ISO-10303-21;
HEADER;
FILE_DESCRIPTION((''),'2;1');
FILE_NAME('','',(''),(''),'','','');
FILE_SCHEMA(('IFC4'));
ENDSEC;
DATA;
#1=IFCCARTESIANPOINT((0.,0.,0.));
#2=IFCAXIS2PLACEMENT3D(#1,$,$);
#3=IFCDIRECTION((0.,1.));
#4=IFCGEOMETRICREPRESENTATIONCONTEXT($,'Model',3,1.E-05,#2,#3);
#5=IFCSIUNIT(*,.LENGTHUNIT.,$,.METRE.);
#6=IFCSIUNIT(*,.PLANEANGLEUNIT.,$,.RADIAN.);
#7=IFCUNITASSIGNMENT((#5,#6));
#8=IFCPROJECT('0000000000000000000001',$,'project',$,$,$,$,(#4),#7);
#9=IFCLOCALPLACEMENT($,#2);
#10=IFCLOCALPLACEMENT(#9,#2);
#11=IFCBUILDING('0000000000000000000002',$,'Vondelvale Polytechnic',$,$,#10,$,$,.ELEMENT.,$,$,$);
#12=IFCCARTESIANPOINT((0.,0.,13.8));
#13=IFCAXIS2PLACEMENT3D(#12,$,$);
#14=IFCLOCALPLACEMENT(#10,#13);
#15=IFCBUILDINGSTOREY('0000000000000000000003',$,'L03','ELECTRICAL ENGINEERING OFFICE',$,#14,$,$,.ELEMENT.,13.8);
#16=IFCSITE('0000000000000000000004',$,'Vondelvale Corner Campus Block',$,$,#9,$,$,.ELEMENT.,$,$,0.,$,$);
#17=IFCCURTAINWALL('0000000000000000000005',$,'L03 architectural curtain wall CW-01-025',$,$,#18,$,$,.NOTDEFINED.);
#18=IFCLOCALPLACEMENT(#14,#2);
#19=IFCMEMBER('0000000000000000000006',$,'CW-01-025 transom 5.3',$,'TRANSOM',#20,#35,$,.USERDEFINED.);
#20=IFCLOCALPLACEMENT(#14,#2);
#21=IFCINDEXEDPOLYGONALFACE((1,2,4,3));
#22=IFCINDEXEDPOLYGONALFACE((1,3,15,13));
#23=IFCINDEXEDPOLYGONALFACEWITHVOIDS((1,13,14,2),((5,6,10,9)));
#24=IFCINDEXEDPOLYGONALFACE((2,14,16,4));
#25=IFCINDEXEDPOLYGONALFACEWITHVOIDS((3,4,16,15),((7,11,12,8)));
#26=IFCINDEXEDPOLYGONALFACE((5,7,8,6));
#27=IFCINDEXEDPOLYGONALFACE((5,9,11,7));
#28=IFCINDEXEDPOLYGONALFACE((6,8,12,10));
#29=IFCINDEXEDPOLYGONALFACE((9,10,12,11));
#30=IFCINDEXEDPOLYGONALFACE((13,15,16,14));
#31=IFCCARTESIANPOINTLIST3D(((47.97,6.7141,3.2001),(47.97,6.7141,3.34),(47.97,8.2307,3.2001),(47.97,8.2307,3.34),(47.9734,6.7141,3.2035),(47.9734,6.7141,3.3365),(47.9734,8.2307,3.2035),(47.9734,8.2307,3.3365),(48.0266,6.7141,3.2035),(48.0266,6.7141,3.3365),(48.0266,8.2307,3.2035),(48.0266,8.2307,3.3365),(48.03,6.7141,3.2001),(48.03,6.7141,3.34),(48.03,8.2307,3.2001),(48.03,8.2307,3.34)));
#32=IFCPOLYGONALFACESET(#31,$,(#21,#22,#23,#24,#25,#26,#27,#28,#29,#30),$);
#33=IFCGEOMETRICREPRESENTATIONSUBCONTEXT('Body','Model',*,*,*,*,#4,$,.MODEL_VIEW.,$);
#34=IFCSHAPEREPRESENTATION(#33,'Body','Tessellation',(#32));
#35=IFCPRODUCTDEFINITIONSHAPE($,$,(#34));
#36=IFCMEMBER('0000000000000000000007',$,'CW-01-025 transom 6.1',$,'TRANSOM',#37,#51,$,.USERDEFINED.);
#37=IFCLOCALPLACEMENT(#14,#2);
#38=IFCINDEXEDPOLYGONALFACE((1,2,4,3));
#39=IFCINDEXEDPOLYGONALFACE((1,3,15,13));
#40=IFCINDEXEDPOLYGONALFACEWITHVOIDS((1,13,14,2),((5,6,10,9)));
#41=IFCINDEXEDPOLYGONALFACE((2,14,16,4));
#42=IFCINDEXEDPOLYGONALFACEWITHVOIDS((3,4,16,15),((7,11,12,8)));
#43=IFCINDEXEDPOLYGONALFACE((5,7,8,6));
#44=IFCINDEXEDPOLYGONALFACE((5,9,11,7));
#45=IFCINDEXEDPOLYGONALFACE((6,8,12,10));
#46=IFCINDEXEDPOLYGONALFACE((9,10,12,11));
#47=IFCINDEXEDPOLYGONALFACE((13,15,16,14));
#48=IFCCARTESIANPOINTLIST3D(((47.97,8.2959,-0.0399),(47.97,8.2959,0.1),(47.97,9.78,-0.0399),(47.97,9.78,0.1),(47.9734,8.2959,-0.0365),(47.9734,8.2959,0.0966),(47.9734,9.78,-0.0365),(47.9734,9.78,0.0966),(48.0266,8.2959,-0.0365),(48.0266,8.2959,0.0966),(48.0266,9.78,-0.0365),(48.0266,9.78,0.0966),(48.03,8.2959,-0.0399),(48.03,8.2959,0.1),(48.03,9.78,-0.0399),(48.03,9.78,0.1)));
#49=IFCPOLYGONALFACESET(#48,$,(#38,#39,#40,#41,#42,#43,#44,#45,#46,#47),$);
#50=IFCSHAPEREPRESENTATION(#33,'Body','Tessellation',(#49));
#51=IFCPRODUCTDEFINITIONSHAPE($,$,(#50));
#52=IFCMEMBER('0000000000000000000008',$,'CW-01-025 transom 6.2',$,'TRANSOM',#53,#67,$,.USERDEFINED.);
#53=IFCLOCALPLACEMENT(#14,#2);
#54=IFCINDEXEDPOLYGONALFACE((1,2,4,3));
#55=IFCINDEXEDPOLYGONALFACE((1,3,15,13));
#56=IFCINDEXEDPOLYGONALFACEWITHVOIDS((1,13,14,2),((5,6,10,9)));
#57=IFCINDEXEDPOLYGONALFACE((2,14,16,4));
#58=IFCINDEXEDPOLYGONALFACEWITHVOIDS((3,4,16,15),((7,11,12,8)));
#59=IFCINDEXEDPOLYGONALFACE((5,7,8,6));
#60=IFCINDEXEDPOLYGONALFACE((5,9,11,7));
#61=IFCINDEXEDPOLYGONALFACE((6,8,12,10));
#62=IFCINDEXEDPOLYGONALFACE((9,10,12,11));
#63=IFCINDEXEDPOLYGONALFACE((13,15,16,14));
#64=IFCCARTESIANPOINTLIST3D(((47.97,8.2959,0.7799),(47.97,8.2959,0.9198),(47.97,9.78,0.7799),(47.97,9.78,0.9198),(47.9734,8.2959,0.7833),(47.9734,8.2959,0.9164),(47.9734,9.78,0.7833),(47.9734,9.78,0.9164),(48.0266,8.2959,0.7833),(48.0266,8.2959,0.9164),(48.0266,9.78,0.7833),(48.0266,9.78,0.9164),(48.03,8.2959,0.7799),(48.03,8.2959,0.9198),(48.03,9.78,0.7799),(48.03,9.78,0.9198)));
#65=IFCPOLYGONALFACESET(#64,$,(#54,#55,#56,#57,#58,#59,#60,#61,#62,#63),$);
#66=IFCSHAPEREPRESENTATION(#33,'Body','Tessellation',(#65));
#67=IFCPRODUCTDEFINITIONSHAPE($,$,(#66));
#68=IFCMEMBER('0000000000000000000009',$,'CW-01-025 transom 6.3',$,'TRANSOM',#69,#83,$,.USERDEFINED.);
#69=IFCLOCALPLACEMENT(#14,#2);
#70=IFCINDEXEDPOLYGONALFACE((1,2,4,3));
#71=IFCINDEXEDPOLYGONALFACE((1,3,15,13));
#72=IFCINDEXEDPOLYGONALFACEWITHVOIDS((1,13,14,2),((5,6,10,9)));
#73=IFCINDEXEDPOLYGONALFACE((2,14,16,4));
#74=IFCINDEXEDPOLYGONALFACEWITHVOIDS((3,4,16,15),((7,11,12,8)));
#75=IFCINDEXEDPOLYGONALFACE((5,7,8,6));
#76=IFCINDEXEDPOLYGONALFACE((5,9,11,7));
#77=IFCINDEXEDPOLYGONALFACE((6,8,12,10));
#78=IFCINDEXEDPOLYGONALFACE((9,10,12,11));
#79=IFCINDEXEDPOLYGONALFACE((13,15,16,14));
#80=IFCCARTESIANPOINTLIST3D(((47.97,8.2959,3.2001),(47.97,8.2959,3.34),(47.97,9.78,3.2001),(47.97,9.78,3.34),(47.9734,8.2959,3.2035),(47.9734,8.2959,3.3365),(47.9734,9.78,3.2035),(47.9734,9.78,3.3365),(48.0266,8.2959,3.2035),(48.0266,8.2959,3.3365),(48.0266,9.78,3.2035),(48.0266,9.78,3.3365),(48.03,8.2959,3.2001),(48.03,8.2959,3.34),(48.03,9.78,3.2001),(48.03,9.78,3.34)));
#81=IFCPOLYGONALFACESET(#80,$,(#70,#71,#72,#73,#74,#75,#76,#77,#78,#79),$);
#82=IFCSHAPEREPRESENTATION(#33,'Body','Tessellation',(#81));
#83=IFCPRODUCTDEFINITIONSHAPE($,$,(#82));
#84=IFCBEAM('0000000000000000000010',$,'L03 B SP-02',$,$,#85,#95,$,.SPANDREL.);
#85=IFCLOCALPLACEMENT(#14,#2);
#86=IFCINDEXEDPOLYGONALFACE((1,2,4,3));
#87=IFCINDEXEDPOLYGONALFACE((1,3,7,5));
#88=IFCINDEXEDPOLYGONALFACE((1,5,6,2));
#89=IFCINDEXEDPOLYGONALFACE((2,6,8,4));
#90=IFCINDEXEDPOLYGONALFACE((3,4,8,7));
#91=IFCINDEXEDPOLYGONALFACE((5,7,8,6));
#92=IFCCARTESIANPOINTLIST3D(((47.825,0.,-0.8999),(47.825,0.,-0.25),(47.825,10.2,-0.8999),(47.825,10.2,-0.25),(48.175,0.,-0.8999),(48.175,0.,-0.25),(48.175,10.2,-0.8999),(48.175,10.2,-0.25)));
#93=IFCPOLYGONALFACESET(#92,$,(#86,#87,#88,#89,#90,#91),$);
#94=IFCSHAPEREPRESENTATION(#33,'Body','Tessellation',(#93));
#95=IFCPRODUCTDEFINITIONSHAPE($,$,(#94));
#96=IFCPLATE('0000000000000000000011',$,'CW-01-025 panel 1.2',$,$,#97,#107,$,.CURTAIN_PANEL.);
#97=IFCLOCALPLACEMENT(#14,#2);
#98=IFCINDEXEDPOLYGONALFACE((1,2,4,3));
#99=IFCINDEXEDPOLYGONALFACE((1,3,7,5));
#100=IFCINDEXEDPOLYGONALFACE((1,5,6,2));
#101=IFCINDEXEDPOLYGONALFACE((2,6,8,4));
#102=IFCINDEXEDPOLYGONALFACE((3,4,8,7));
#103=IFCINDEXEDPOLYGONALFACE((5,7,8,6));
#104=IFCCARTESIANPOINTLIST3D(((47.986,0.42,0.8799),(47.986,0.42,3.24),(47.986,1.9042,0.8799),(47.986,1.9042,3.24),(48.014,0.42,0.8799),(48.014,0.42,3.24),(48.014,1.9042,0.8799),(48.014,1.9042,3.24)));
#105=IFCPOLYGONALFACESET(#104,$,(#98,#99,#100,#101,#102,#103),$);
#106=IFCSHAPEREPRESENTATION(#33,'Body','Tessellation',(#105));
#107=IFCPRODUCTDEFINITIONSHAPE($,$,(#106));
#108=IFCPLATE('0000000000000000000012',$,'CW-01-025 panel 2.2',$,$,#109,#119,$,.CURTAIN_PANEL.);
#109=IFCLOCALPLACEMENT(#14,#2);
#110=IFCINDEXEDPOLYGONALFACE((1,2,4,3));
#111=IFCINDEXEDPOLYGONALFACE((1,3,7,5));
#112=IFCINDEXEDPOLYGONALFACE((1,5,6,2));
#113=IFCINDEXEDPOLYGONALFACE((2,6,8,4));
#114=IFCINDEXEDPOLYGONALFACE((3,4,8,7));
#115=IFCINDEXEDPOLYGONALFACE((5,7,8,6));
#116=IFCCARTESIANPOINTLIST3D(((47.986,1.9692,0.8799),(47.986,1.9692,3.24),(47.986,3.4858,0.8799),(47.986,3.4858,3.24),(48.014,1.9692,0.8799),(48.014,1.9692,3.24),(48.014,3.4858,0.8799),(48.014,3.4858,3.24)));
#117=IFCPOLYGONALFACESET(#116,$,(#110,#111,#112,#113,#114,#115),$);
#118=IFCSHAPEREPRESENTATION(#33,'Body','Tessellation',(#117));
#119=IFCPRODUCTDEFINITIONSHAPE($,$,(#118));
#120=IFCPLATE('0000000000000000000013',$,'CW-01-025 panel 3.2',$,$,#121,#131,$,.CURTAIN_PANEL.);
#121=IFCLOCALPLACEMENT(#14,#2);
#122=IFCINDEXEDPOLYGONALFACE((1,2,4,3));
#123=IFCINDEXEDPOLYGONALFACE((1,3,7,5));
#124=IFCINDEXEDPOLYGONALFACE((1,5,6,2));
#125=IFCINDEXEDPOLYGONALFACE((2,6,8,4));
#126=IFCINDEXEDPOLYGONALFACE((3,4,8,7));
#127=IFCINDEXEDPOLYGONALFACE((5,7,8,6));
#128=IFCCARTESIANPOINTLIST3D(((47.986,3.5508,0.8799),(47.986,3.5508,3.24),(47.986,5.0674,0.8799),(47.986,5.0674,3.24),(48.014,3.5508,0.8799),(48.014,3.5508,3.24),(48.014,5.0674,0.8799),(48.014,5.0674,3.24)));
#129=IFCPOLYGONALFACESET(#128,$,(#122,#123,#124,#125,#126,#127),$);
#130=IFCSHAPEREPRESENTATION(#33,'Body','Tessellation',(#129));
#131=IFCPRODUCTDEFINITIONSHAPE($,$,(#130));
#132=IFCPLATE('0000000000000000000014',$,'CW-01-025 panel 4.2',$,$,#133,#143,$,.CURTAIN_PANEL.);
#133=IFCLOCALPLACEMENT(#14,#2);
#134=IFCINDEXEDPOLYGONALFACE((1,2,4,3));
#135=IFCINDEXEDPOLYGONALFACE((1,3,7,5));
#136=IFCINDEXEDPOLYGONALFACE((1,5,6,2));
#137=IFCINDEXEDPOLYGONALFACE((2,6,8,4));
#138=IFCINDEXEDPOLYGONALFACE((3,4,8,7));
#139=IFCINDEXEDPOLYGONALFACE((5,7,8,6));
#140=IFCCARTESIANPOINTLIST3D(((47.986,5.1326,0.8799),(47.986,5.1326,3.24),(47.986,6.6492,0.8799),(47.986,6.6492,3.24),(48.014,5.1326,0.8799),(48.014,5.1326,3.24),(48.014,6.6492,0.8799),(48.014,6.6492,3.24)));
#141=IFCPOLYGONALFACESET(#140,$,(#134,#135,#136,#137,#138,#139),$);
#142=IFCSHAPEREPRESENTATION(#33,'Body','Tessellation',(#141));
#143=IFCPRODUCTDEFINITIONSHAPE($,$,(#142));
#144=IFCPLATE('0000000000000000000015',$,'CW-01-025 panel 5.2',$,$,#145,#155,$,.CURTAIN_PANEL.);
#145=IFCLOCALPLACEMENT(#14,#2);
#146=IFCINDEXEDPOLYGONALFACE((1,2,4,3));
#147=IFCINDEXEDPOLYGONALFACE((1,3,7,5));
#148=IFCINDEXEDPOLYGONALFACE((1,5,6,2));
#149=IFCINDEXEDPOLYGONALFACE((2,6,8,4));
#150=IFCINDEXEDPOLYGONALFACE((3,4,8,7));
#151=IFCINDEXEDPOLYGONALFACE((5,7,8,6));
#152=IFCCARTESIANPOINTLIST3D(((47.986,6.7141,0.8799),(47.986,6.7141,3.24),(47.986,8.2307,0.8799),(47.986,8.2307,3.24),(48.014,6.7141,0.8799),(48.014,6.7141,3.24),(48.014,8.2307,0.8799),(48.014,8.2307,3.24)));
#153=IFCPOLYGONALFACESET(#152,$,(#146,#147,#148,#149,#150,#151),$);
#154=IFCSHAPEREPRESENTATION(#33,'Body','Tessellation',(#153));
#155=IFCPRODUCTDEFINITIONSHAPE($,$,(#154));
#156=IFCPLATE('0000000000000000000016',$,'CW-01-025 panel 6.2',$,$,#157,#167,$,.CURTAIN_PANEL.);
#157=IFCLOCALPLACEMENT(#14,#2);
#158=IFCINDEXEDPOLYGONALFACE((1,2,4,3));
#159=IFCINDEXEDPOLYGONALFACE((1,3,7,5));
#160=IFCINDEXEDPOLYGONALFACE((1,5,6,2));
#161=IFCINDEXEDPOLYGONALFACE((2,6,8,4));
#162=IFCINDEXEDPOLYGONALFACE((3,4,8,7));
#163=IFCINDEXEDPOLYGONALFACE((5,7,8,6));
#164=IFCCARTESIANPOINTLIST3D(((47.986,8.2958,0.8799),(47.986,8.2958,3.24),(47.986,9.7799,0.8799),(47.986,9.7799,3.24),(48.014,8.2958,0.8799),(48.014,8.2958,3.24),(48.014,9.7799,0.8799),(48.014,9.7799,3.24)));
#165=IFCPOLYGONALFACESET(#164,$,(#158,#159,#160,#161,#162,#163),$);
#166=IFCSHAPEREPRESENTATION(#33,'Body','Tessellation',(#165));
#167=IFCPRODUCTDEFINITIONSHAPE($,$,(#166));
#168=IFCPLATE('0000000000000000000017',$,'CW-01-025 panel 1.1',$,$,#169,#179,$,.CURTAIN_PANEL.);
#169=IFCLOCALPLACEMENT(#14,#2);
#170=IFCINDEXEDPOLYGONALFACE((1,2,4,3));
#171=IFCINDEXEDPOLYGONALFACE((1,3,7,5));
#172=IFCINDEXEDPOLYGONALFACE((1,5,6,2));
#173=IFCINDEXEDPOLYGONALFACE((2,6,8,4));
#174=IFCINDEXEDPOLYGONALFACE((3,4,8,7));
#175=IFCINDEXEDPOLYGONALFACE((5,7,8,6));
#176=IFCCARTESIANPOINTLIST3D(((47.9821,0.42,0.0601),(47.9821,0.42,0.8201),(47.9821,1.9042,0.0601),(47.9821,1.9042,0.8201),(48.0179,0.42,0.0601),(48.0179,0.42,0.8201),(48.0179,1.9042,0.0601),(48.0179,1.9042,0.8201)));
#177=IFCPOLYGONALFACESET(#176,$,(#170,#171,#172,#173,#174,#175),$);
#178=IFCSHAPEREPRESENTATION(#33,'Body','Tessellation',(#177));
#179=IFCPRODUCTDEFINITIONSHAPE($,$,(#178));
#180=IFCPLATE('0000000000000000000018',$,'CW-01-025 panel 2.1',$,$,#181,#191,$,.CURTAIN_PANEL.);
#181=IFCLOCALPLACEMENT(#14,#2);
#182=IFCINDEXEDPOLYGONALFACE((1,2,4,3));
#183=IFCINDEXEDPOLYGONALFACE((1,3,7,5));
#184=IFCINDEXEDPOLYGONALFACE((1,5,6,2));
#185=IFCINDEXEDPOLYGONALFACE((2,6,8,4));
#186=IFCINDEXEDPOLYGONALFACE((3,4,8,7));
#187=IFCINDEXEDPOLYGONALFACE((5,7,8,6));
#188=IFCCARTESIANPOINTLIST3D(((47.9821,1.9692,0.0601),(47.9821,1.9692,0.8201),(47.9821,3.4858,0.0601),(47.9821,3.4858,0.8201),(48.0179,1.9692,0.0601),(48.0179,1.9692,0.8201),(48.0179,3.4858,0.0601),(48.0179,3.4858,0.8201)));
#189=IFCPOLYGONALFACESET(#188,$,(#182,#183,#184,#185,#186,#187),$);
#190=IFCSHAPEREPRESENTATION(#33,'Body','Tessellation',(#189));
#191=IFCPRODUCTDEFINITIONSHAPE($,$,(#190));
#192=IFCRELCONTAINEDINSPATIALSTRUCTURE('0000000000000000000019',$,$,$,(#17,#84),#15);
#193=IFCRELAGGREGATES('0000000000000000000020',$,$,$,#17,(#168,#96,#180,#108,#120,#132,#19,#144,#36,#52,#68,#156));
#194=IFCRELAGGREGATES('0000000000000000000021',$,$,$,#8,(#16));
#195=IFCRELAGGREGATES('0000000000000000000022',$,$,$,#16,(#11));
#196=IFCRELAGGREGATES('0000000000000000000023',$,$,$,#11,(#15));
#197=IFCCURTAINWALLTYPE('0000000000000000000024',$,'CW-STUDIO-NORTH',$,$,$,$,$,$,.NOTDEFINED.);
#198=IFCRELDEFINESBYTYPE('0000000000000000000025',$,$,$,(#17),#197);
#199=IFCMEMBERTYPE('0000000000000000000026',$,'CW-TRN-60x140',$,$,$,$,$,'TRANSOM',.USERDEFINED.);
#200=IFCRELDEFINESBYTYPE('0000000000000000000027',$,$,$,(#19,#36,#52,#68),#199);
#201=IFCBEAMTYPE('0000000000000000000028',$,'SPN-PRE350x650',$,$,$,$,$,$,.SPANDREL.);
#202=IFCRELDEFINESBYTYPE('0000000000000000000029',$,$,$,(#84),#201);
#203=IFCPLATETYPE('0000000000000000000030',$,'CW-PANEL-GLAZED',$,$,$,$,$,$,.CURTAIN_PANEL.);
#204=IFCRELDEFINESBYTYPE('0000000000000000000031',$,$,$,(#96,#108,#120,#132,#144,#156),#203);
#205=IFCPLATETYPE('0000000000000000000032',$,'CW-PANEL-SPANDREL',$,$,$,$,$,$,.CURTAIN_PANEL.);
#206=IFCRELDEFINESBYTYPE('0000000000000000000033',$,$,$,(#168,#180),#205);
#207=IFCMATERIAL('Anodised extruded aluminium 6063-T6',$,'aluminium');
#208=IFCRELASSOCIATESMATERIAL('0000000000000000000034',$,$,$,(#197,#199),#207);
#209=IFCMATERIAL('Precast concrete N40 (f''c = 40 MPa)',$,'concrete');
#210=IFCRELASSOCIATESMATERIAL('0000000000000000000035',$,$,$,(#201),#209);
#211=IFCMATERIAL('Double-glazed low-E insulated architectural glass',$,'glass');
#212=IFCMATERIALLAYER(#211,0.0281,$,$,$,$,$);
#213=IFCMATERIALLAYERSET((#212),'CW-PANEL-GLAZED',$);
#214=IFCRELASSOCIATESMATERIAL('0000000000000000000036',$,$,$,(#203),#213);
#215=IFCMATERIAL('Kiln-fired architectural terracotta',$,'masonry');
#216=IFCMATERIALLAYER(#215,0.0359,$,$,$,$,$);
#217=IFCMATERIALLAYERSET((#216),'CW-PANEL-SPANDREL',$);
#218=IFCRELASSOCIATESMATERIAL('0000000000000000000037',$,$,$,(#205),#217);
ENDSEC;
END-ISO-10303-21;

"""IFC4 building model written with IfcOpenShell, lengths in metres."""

from ifc_helpers import new_model, si_unit, direction, frame, origin, origin_2d, place, context, subcontext, project, spatial, rectangle, hollow_rectangle, extrude, material, layer, layer_set, material_profile, profile_set, type_object, element, aggregate, save


model = new_model("IFC4")

# Units and contexts
model_context = context("Model", 3, precision=1e-05, world=origin(), true_north=direction((0.0, 1.0)))
body_context = subcontext(model_context, "Body", "Model", "MODEL_VIEW")
ifc_project = project(units=[si_unit("LENGTHUNIT", "METRE"), si_unit("PLANEANGLEUNIT", "RADIAN")], contexts=[model_context])

# Site, building, storey
site_placement = place(None, origin())
site = spatial("IfcSite", under=ifc_project, at=site_placement, Name="Vondelvale Corner Campus Block", CompositionType="ELEMENT", RefElevation=0.0)
building_placement = place(site_placement, origin())
building = spatial("IfcBuilding", under=site, at=building_placement, Name="Vondelvale Polytechnic", CompositionType="ELEMENT")
storey_placement = place(building_placement, frame((0.0, 0.0, 13.8)))
storey = spatial("IfcBuildingStorey", under=building, at=storey_placement, Name="L03", Description="ELECTRICAL ENGINEERING OFFICE", CompositionType="ELEMENT", Elevation=13.8)

# Curtain wall, members
ifc_material_1 = material(Name="Anodised extruded aluminium 6063-T6", Category="aluminium")
curtain_wall_type = type_object("IfcCurtainWallType", Name="CW-STUDIO-NORTH", PredefinedType="NOTDEFINED", material=ifc_material_1)
curtain_wall_placement = place(storey_placement, origin())
curtain_wall = element("IfcCurtainWall", 1, at=curtain_wall_placement, inside=storey, type_object=curtain_wall_type, Name="L03 architectural curtain wall CW-01-025", PredefinedType="NOTDEFINED")
ifc_material_profile_1 = material_profile(ifc_material_1, hollow_rectangle(XDim=0.0601, YDim=0.1399, WallThickness=0.0034, at=origin_2d()), Name="CW-TRN-140x60")
ifc_profile_set_1 = profile_set([ifc_material_profile_1], Name="Anodised extruded aluminium 6063-T6")
member_type_1 = type_object("IfcMemberType", Name="CW-TRN-60x140", ElementType="TRANSOM", PredefinedType="USERDEFINED", material=ifc_profile_set_1)
member_1_placement = place(storey_placement, frame((48.0, 6.7141, 3.27), z_axis=(0.0, 1.0, 0.0), x_axis=(-1.0, 0.0, 0.0)))
member_1 = element("IfcMember", 2, at=member_1_placement, type_object=member_type_1, Name="CW-01-025 transom 5.3", ObjectType="TRANSOM", PredefinedType="USERDEFINED", context=body_context, shape_type="SweptSolid", body=[
    extrude(hollow_rectangle(XDim=0.0601, YDim=0.1399, WallThickness=0.0034, at=origin_2d()), origin(), (0.0, 0.0, 1.0), 1.5166),
])
member_2_placement = place(storey_placement, frame((48.0, 8.2959, 0.03), z_axis=(0.0, 1.0, 0.0), x_axis=(-1.0, 0.0, 0.0)))
member_2 = element("IfcMember", 3, at=member_2_placement, type_object=member_type_1, Name="CW-01-025 transom 6.1", ObjectType="TRANSOM", PredefinedType="USERDEFINED", context=body_context, shape_type="SweptSolid", body=[
    extrude(hollow_rectangle(XDim=0.0601, YDim=0.1399, WallThickness=0.0034, at=origin_2d()), origin(), (0.0, 0.0, 1.0), 1.4841),
])
member_3_placement = place(storey_placement, frame((48.0, 8.2959, 0.8499), z_axis=(0.0, 1.0, 0.0), x_axis=(-1.0, 0.0, 0.0)))
member_3 = element("IfcMember", 4, at=member_3_placement, type_object=member_type_1, Name="CW-01-025 transom 6.2", ObjectType="TRANSOM", PredefinedType="USERDEFINED", context=body_context, shape_type="SweptSolid", body=[
    extrude(hollow_rectangle(XDim=0.0601, YDim=0.1399, WallThickness=0.0034, at=origin_2d()), origin(), (0.0, 0.0, 1.0), 1.4841),
])
member_4_placement = place(storey_placement, frame((48.0, 8.2959, 3.27), z_axis=(0.0, 1.0, 0.0), x_axis=(-1.0, 0.0, 0.0)))
member_4 = element("IfcMember", 5, at=member_4_placement, type_object=member_type_1, Name="CW-01-025 transom 6.3", ObjectType="TRANSOM", PredefinedType="USERDEFINED", context=body_context, shape_type="SweptSolid", body=[
    extrude(hollow_rectangle(XDim=0.0601, YDim=0.1399, WallThickness=0.0034, at=origin_2d()), origin(), (0.0, 0.0, 1.0), 1.4841),
])

# Beam
ifc_material_2 = material(Name="Precast concrete N40 (f'c = 40 MPa)", Category="concrete")
ifc_material_profile_2 = material_profile(ifc_material_2, rectangle(XDim=0.3501, YDim=0.6499, at=origin_2d()), Name="RC-SPN-350x650")
ifc_profile_set_2 = profile_set([ifc_material_profile_2], Name="Precast concrete N40 (f'c = 40 MPa)")
beam_type = type_object("IfcBeamType", Name="SPN-PRE350x650", PredefinedType="SPANDREL", material=ifc_profile_set_2)
beam_placement = place(storey_placement, frame((48.0, 0.0, -0.575), z_axis=(0.0, 1.0, 0.0), x_axis=(-1.0, 0.0, 0.0)))
element("IfcBeam", 6, at=beam_placement, inside=storey, type_object=beam_type, Name="L03 B SP-02", PredefinedType="SPANDREL", context=body_context, shape_type="SweptSolid", body=[
    extrude(rectangle(XDim=0.3501, YDim=0.6499, at=origin_2d()), origin(), (0.0, 0.0, 1.0), 10.2),
])

# Plates
ifc_material_3 = material(Name="Double-glazed low-E insulated architectural glass", Category="glass")
ifc_layer_1 = layer(ifc_material_3, 0.0281)
ifc_layer_set_1 = layer_set([ifc_layer_1], Name="CW-PANEL-GLAZED")
plate_type_1 = type_object("IfcPlateType", Name="CW-PANEL-GLAZED", PredefinedType="CURTAIN_PANEL", material=ifc_layer_set_1)
plate_1_placement = place(storey_placement, frame((48.0, 1.1621, 0.8799), z_axis=(0.0, 0.0, 1.0), x_axis=(0.0, 1.0, 0.0)))
plate_1 = element("IfcPlate", 7, at=plate_1_placement, type_object=plate_type_1, Name="CW-01-025 panel 1.2", PredefinedType="CURTAIN_PANEL", context=body_context, shape_type="SweptSolid", body=[
    extrude(rectangle(XDim=1.4841, YDim=0.0281, at=origin_2d()), origin(), (0.0, 0.0, 1.0), 2.3601),
])
plate_2_placement = place(storey_placement, frame((48.0, 2.7275, 0.8799), z_axis=(0.0, 0.0, 1.0), x_axis=(0.0, 1.0, 0.0)))
plate_2 = element("IfcPlate", 8, at=plate_2_placement, type_object=plate_type_1, Name="CW-01-025 panel 2.2", PredefinedType="CURTAIN_PANEL", context=body_context, shape_type="SweptSolid", body=[
    extrude(rectangle(XDim=1.5166, YDim=0.0281, at=origin_2d()), origin(), (0.0, 0.0, 1.0), 2.3601),
])
plate_3_placement = place(storey_placement, frame((48.0, 4.3091, 0.8799), z_axis=(0.0, 0.0, 1.0), x_axis=(0.0, 1.0, 0.0)))
plate_3 = element("IfcPlate", 9, at=plate_3_placement, type_object=plate_type_1, Name="CW-01-025 panel 3.2", PredefinedType="CURTAIN_PANEL", context=body_context, shape_type="SweptSolid", body=[
    extrude(rectangle(XDim=1.5166, YDim=0.0281, at=origin_2d()), origin(), (0.0, 0.0, 1.0), 2.3601),
])
plate_4_placement = place(storey_placement, frame((48.0, 5.8909, 0.8799), z_axis=(0.0, 0.0, 1.0), x_axis=(0.0, 1.0, 0.0)))
plate_4 = element("IfcPlate", 10, at=plate_4_placement, type_object=plate_type_1, Name="CW-01-025 panel 4.2", PredefinedType="CURTAIN_PANEL", context=body_context, shape_type="SweptSolid", body=[
    extrude(rectangle(XDim=1.5166, YDim=0.0281, at=origin_2d()), origin(), (0.0, 0.0, 1.0), 2.3601),
])
plate_5_placement = place(storey_placement, frame((48.0, 7.4724, 0.8799), z_axis=(0.0, 0.0, 1.0), x_axis=(0.0, 1.0, 0.0)))
plate_5 = element("IfcPlate", 11, at=plate_5_placement, type_object=plate_type_1, Name="CW-01-025 panel 5.2", PredefinedType="CURTAIN_PANEL", context=body_context, shape_type="SweptSolid", body=[
    extrude(rectangle(XDim=1.5166, YDim=0.0281, at=origin_2d()), origin(), (0.0, 0.0, 1.0), 2.3601),
])
plate_6_placement = place(storey_placement, frame((48.0, 9.0378, 0.8799), z_axis=(0.0, 0.0, 1.0), x_axis=(0.0, 1.0, 0.0)))
plate_6 = element("IfcPlate", 12, at=plate_6_placement, type_object=plate_type_1, Name="CW-01-025 panel 6.2", PredefinedType="CURTAIN_PANEL", context=body_context, shape_type="SweptSolid", body=[
    extrude(rectangle(XDim=1.4841, YDim=0.0281, at=origin_2d()), origin(), (0.0, 0.0, 1.0), 2.3601),
])
ifc_material_4 = material(Name="Kiln-fired architectural terracotta", Category="masonry")
ifc_layer_2 = layer(ifc_material_4, 0.0359)
ifc_layer_set_2 = layer_set([ifc_layer_2], Name="CW-PANEL-SPANDREL")
plate_type_2 = type_object("IfcPlateType", Name="CW-PANEL-SPANDREL", PredefinedType="CURTAIN_PANEL", material=ifc_layer_set_2)
plate_7_placement = place(storey_placement, frame((48.0, 1.1621, 0.0601), z_axis=(0.0, 0.0, 1.0), x_axis=(0.0, 1.0, 0.0)))
plate_7 = element("IfcPlate", 13, at=plate_7_placement, type_object=plate_type_2, Name="CW-01-025 panel 1.1", PredefinedType="CURTAIN_PANEL", context=body_context, shape_type="SweptSolid", body=[
    extrude(rectangle(XDim=1.4841, YDim=0.0359, at=origin_2d()), origin(), (0.0, 0.0, 1.0), 0.76),
])
plate_8_placement = place(storey_placement, frame((48.0, 2.7275, 0.0601), z_axis=(0.0, 0.0, 1.0), x_axis=(0.0, 1.0, 0.0)))
plate_8 = element("IfcPlate", 14, at=plate_8_placement, type_object=plate_type_2, Name="CW-01-025 panel 2.1", PredefinedType="CURTAIN_PANEL", context=body_context, shape_type="SweptSolid", body=[
    extrude(rectangle(XDim=1.5166, YDim=0.0359, at=origin_2d()), origin(), (0.0, 0.0, 1.0), 0.76),
])
aggregate(curtain_wall, [plate_7, plate_1, plate_8, plate_2, plate_3, plate_4, member_1, plate_5, member_2, member_3, member_4, plate_6])

save(model, "model.ifc")
